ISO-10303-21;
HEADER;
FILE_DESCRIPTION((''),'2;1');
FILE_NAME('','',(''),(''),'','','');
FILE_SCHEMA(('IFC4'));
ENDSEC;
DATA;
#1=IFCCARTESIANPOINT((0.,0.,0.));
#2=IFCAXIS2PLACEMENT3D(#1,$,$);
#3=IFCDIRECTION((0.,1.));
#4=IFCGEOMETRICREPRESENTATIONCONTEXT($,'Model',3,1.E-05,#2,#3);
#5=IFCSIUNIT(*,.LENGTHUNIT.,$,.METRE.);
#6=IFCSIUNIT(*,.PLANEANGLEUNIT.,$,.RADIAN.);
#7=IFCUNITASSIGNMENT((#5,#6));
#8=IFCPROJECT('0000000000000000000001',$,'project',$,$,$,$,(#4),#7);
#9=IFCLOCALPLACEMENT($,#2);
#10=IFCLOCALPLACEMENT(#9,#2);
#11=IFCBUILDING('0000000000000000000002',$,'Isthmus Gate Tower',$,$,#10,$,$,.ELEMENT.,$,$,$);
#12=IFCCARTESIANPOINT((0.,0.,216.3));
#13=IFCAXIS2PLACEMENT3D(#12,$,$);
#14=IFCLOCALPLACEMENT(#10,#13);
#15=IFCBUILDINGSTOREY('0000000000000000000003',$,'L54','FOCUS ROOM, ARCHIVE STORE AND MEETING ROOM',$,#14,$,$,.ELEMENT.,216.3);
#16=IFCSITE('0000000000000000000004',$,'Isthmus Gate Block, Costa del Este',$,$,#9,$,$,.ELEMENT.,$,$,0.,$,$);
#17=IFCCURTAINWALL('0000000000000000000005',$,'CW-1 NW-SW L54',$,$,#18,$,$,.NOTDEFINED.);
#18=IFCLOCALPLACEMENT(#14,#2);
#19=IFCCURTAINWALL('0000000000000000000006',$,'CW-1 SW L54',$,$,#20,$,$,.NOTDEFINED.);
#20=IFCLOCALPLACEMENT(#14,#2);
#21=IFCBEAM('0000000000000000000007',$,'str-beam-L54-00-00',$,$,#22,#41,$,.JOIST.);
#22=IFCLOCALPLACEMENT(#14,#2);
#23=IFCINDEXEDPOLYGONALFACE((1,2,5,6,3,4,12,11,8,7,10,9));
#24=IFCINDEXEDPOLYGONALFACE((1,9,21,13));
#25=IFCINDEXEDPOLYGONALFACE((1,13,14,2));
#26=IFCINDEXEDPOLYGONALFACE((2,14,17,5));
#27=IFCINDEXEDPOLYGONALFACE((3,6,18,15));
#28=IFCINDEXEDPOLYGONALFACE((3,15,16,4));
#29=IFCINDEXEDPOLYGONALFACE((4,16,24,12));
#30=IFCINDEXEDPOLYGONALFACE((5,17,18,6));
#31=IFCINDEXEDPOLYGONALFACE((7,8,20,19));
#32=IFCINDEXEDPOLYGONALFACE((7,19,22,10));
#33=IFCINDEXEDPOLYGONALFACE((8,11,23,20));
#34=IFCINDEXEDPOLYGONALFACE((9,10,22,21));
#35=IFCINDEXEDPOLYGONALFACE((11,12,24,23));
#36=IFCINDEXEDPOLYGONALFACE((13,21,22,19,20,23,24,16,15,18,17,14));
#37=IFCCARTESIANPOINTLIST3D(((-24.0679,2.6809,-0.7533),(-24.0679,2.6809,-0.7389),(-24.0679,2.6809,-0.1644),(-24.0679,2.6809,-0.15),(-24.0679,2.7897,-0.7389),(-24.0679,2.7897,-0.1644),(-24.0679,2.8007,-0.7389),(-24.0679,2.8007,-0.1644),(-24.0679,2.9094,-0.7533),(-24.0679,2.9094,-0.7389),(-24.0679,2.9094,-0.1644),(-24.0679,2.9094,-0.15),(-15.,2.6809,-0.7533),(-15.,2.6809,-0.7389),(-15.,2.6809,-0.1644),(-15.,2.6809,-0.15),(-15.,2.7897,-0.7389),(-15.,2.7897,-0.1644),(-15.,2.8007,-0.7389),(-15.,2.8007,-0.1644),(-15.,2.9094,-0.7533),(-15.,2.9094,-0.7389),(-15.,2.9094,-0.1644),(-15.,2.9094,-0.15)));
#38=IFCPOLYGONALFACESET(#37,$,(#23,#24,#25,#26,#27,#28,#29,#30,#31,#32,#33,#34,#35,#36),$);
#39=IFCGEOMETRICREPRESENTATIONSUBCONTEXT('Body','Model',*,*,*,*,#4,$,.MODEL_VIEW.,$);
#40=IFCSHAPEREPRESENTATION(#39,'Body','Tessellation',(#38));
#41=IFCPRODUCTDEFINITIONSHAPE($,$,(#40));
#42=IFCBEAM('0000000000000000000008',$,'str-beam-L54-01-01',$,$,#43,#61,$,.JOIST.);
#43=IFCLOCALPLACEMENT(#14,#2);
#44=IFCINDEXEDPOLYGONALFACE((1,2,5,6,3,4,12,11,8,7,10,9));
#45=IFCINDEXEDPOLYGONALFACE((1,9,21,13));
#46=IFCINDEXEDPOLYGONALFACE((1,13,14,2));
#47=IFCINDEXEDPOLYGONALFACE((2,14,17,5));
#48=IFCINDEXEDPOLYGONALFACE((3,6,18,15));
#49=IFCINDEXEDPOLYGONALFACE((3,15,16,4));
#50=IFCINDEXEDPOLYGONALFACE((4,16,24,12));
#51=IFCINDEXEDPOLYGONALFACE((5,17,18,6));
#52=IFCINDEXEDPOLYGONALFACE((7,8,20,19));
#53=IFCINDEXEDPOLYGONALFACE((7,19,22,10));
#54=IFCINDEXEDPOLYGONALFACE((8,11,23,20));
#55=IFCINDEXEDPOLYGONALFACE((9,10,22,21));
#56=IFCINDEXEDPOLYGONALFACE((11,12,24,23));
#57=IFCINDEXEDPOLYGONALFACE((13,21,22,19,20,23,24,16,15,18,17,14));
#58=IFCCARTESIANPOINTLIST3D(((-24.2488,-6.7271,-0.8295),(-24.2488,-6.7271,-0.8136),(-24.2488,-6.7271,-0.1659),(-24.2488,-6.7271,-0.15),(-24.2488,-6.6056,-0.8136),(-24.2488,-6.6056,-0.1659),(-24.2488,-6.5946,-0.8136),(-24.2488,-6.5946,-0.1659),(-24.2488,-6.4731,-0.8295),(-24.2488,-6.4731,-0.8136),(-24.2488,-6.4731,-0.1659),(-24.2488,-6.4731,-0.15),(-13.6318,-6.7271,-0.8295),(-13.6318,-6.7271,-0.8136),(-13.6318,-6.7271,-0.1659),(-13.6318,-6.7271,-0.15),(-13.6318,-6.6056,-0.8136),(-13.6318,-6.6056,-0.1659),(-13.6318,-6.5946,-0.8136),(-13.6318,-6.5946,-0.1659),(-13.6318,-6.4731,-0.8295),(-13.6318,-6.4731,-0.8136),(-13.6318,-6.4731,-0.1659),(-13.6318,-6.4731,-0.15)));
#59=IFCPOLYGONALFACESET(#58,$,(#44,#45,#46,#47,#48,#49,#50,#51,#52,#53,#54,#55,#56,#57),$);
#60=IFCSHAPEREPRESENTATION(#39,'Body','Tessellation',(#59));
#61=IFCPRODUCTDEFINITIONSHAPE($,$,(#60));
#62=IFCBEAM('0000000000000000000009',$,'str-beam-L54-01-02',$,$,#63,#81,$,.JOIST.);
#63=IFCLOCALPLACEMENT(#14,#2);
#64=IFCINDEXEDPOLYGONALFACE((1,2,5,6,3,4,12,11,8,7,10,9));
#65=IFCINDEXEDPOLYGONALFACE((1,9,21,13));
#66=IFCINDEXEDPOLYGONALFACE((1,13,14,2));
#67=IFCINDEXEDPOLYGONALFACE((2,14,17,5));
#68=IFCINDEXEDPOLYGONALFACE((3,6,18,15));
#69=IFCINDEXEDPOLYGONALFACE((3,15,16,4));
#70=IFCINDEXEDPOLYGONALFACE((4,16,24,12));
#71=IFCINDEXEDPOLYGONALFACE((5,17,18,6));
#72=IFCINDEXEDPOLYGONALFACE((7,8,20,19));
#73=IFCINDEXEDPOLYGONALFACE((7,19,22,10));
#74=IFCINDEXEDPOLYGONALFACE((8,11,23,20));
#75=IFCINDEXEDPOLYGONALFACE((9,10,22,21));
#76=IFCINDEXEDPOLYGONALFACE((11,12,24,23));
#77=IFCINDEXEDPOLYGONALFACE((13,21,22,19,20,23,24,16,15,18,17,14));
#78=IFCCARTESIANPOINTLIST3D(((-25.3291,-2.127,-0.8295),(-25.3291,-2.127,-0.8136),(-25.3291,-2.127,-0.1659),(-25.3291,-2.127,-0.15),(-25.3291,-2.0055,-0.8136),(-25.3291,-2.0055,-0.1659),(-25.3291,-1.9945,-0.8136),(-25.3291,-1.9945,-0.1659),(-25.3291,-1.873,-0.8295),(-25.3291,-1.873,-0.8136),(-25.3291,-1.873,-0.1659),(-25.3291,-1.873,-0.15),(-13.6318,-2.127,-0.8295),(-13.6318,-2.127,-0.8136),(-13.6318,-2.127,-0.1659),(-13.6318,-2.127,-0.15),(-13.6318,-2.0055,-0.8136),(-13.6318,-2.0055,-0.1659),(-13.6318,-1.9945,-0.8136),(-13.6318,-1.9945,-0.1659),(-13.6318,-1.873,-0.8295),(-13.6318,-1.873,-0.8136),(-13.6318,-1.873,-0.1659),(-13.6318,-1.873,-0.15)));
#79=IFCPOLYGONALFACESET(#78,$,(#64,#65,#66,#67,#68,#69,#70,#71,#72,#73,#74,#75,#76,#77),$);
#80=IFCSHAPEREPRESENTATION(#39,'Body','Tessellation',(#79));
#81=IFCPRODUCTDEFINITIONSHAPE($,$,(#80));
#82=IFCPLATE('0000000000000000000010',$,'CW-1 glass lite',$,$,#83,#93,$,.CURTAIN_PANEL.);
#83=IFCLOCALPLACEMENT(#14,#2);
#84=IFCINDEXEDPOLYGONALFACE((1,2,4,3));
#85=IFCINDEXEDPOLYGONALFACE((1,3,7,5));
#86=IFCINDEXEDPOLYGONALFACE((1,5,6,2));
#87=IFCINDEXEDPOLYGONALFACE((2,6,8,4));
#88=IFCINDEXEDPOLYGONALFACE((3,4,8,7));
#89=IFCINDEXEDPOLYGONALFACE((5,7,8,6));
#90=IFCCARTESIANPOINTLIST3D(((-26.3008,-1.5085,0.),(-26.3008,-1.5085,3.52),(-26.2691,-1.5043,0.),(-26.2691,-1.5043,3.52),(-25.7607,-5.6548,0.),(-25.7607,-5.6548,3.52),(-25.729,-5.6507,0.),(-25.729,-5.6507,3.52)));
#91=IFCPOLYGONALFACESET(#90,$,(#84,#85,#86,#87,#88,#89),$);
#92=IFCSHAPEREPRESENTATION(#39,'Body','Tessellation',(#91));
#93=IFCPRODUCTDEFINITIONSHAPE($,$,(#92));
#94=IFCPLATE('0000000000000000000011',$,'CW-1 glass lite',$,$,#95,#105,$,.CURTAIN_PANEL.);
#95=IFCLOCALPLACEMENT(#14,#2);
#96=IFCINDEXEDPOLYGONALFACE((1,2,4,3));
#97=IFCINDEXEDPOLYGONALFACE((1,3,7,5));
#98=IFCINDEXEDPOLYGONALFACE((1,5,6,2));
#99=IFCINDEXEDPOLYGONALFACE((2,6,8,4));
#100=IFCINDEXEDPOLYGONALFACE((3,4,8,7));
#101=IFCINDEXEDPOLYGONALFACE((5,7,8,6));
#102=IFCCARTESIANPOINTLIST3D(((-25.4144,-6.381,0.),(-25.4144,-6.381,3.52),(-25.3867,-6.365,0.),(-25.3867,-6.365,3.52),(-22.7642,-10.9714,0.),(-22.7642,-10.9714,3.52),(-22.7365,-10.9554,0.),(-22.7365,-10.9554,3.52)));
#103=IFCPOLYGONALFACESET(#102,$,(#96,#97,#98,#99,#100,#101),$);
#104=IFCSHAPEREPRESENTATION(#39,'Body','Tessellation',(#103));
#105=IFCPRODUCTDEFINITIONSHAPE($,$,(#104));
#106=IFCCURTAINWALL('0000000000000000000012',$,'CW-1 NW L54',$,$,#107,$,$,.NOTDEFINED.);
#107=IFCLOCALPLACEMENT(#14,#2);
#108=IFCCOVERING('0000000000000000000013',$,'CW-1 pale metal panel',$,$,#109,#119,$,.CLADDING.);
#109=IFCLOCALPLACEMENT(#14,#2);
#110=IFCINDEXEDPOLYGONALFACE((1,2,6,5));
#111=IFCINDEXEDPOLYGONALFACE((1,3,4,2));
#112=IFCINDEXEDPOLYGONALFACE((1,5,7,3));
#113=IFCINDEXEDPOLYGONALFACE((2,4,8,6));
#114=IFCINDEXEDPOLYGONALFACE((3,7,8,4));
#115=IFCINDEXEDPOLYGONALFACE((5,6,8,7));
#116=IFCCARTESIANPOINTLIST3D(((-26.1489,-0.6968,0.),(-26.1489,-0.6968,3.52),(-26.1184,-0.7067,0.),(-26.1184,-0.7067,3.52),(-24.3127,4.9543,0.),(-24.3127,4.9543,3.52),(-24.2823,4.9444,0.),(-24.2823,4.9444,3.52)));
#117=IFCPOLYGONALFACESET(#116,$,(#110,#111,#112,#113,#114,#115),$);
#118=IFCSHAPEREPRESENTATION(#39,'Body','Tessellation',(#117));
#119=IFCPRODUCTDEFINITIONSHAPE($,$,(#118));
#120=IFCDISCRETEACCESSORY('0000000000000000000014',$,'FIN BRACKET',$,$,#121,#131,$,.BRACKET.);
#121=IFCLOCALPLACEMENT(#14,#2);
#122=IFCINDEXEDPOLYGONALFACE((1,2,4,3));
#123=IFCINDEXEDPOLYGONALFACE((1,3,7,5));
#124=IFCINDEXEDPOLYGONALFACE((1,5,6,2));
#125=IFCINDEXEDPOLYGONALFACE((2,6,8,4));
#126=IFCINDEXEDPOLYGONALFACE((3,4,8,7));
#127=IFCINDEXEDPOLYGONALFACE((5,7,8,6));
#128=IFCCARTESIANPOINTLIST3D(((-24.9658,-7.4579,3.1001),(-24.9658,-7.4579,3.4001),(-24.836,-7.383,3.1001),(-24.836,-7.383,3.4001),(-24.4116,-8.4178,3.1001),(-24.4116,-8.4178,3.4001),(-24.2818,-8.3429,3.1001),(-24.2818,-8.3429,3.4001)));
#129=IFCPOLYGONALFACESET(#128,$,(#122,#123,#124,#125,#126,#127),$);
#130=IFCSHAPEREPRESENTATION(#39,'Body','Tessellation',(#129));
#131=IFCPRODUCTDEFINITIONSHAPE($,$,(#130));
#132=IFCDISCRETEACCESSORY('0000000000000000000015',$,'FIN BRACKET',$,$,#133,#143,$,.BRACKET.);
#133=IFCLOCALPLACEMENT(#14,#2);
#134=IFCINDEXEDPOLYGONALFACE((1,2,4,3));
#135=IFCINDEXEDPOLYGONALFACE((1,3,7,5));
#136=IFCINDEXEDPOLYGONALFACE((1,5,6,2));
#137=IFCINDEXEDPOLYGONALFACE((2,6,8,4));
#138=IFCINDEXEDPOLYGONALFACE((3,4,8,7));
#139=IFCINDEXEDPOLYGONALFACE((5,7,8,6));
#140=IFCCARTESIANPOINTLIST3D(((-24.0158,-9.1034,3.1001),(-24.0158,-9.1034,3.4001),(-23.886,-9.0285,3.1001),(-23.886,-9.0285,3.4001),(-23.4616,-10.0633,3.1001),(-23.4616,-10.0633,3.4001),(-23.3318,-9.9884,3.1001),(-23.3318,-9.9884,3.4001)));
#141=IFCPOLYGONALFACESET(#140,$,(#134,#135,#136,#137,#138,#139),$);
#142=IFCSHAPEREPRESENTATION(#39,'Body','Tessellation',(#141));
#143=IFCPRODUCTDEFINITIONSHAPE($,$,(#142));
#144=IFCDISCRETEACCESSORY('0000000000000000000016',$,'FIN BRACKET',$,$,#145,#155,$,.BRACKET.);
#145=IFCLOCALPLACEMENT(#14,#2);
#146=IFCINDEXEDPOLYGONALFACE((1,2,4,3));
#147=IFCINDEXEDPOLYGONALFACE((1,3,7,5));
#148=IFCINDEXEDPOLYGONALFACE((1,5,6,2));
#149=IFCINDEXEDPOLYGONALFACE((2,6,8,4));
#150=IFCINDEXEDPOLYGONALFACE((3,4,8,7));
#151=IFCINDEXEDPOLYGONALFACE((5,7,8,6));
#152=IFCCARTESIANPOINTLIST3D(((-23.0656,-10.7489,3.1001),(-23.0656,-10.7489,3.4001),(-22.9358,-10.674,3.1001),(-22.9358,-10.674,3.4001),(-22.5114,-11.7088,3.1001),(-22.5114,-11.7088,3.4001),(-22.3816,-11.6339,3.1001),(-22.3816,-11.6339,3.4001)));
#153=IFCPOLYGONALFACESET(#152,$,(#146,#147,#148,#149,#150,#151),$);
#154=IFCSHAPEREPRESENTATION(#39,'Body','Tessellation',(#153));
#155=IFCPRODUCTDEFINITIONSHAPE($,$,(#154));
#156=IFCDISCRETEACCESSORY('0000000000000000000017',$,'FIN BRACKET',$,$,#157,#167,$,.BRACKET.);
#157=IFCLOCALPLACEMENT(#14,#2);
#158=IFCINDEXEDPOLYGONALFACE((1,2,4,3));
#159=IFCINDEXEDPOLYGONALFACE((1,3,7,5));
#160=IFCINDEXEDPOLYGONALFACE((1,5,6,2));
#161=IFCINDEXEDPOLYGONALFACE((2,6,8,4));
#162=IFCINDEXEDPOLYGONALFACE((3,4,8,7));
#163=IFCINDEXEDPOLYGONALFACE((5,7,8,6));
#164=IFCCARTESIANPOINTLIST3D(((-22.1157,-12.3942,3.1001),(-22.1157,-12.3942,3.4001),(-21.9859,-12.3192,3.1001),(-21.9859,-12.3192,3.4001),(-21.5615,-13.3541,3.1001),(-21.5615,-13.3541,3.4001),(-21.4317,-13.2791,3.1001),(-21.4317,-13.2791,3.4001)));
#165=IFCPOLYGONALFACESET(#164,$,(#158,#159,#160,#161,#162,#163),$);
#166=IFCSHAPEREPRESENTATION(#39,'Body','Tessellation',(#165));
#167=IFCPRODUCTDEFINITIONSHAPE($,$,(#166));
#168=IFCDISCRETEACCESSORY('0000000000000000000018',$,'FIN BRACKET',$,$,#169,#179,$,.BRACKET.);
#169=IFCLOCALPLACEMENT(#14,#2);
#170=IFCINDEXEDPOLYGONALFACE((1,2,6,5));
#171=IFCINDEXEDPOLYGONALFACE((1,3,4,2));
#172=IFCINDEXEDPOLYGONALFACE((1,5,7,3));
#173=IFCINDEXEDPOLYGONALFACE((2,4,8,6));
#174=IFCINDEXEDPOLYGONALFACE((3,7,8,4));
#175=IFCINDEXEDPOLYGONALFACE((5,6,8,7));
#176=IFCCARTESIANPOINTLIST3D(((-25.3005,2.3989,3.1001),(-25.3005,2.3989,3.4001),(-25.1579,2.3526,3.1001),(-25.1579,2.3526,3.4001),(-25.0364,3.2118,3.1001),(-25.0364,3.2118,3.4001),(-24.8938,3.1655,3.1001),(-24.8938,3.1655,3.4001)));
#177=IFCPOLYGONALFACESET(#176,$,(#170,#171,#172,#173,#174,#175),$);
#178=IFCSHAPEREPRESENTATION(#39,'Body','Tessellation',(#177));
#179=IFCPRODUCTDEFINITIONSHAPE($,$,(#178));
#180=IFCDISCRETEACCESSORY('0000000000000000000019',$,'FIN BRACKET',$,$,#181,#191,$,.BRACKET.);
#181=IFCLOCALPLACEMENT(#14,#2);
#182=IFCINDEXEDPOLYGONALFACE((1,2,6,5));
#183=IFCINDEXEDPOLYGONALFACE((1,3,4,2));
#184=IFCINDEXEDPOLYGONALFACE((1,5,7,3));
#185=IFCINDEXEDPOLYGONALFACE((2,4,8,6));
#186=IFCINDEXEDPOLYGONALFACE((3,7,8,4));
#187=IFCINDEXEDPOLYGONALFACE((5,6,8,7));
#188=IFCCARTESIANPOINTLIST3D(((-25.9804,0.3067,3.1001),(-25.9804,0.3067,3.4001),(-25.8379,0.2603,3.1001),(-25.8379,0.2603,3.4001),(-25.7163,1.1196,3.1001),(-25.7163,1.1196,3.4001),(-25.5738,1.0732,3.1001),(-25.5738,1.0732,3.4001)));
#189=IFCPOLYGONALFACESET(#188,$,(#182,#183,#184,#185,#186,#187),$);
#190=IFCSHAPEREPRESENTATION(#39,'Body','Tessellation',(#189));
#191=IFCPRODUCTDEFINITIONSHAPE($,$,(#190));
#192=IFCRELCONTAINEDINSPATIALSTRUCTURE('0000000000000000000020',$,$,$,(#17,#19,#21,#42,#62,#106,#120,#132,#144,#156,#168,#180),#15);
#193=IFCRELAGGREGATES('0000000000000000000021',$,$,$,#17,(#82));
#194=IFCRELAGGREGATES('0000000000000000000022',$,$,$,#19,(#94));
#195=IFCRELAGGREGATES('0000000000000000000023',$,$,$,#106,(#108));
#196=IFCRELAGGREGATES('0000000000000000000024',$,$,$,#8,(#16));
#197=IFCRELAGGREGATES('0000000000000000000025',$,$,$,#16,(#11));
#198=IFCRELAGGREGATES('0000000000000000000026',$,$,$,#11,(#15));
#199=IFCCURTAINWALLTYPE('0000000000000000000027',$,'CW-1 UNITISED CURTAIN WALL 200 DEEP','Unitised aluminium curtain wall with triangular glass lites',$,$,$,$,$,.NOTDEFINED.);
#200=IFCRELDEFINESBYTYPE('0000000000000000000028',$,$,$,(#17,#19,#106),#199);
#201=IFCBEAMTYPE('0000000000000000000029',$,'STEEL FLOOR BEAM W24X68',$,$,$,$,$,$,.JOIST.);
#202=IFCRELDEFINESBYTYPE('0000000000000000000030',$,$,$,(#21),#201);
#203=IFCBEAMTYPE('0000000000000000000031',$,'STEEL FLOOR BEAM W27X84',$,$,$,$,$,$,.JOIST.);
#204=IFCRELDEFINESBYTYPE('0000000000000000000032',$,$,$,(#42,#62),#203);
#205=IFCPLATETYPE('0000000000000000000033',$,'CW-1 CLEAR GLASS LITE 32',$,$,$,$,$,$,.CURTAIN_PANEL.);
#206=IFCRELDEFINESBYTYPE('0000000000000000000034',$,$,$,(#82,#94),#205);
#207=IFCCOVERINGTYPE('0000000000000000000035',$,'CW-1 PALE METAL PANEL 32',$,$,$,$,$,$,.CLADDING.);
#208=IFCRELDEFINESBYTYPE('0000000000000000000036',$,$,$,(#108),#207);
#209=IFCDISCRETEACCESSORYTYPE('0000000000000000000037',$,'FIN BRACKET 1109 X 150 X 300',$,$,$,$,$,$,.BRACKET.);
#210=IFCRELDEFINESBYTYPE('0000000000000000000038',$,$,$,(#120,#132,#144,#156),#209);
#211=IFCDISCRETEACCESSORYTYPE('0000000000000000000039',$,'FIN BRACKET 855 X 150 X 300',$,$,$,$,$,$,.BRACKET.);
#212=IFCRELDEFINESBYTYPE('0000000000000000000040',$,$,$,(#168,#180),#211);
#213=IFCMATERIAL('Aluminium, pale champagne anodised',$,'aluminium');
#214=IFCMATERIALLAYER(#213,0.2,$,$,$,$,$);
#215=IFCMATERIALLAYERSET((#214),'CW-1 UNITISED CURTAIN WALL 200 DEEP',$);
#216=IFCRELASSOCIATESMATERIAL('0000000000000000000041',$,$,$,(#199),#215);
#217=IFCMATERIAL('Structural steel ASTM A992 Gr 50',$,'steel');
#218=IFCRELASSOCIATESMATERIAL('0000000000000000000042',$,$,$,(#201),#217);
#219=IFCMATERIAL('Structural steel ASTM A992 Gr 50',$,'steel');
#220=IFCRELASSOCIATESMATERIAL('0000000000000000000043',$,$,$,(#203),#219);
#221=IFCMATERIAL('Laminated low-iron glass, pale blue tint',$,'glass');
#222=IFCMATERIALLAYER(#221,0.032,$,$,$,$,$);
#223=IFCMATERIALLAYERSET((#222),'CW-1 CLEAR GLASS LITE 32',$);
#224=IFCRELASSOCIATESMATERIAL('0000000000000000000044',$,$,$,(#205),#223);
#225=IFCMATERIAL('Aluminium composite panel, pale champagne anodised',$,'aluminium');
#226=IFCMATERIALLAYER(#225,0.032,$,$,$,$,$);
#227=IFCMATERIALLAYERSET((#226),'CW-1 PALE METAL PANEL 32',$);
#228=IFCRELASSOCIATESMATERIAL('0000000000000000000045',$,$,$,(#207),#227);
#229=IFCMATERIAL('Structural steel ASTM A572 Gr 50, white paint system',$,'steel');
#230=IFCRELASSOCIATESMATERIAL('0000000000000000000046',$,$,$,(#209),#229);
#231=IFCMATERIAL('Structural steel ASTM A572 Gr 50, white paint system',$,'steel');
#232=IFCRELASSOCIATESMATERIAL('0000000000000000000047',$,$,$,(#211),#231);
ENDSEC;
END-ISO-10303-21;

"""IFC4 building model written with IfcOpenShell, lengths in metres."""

from ifc_helpers import new_model, si_unit, direction, frame, origin, origin_2d, place, context, subcontext, project, spatial, rectangle, i_section, extrude, material, layer, layer_set, material_profile, profile_set, type_object, element, aggregate, save


model = new_model("IFC4")

# Units and contexts
model_context = context("Model", 3, precision=1e-05, world=origin(), true_north=direction((0.0, 1.0)))
body_context = subcontext(model_context, "Body", "Model", "MODEL_VIEW")
ifc_project = project(units=[si_unit("LENGTHUNIT", "METRE"), si_unit("PLANEANGLEUNIT", "RADIAN")], contexts=[model_context])

# Site, building, storey
site_placement = place(None, origin())
site = spatial("IfcSite", under=ifc_project, at=site_placement, Name="Isthmus Gate Block, Costa del Este", CompositionType="ELEMENT", RefElevation=0.0)
building_placement = place(site_placement, origin())
building = spatial("IfcBuilding", under=site, at=building_placement, Name="Isthmus Gate Tower", CompositionType="ELEMENT")
storey_placement = place(building_placement, frame((0.0, 0.0, 216.3)))
storey = spatial("IfcBuildingStorey", under=building, at=storey_placement, Name="L54", Description="FOCUS ROOM, ARCHIVE STORE AND MEETING ROOM", CompositionType="ELEMENT", Elevation=216.3)

# Curtain walls
ifc_material_1 = material(Name="Aluminium, pale champagne anodised", Category="aluminium")
ifc_layer_1 = layer(ifc_material_1, 0.2)
ifc_layer_set_1 = layer_set([ifc_layer_1], Name="CW-1 UNITISED CURTAIN WALL 200 DEEP")
curtain_wall_type = type_object("IfcCurtainWallType", Name="CW-1 UNITISED CURTAIN WALL 200 DEEP", Description="Unitised aluminium curtain wall with triangular glass lites", PredefinedType="NOTDEFINED", material=ifc_layer_set_1)
curtain_wall_1_placement = place(storey_placement, origin())
curtain_wall_1 = element("IfcCurtainWall", 1, at=curtain_wall_1_placement, inside=storey, type_object=curtain_wall_type, Name="CW-1 NW-SW L54", PredefinedType="NOTDEFINED")
curtain_wall_2_placement = place(storey_placement, origin())
curtain_wall_2 = element("IfcCurtainWall", 2, at=curtain_wall_2_placement, inside=storey, type_object=curtain_wall_type, Name="CW-1 SW L54", PredefinedType="NOTDEFINED")

# Beams
ifc_material_2 = material(Name="Structural steel ASTM A992 Gr 50", Category="steel")
ifc_material_profile_1 = material_profile(ifc_material_2, i_section(OverallWidth=0.2285, OverallDepth=0.6033, WebThickness=0.011, FlangeThickness=0.0144, at=origin_2d()), Name="W24X68")
ifc_profile_set_1 = profile_set([ifc_material_profile_1], Name="Structural steel ASTM A992 Gr 50")
beam_type_1 = type_object("IfcBeamType", Name="STEEL FLOOR BEAM W24X68", PredefinedType="JOIST", material=ifc_profile_set_1)
beam_1_placement = place(storey_placement, frame((-24.0679, 2.7952, -0.4517), z_axis=(1.0, 0.0, 0.0), x_axis=(0.0, 1.0, 0.0)))
element("IfcBeam", 3, at=beam_1_placement, inside=storey, type_object=beam_type_1, Name="str-beam-L54-00-00", PredefinedType="JOIST", context=body_context, shape_type="SweptSolid", body=[
    extrude(i_section(OverallWidth=0.2285, OverallDepth=0.6033, WebThickness=0.011, FlangeThickness=0.0144, at=origin_2d()), origin(), (0.0, 0.0, 1.0), 9.0679),
])
ifc_material_3 = material(Name="Structural steel ASTM A992 Gr 50", Category="steel")
ifc_material_profile_2 = material_profile(ifc_material_3, i_section(OverallWidth=0.2539, OverallDepth=0.6794, WebThickness=0.011, FlangeThickness=0.0159, at=origin_2d()), Name="W27X84")
ifc_profile_set_2 = profile_set([ifc_material_profile_2], Name="Structural steel ASTM A992 Gr 50")
beam_type_2 = type_object("IfcBeamType", Name="STEEL FLOOR BEAM W27X84", PredefinedType="JOIST", material=ifc_profile_set_2)
beam_2_placement = place(storey_placement, frame((-24.2488, -6.6001, -0.4897), z_axis=(1.0, 0.0, 0.0), x_axis=(0.0, 1.0, 0.0)))
element("IfcBeam", 4, at=beam_2_placement, inside=storey, type_object=beam_type_2, Name="str-beam-L54-01-01", PredefinedType="JOIST", context=body_context, shape_type="SweptSolid", body=[
    extrude(i_section(OverallWidth=0.2539, OverallDepth=0.6794, WebThickness=0.011, FlangeThickness=0.0159, at=origin_2d()), origin(), (0.0, 0.0, 1.0), 10.6169),
])
beam_3_placement = place(storey_placement, frame((-25.3291, -2.0, -0.4897), z_axis=(1.0, 0.0, 0.0), x_axis=(0.0, 1.0, 0.0)))
element("IfcBeam", 5, at=beam_3_placement, inside=storey, type_object=beam_type_2, Name="str-beam-L54-01-02", PredefinedType="JOIST", context=body_context, shape_type="SweptSolid", body=[
    extrude(i_section(OverallWidth=0.2539, OverallDepth=0.6794, WebThickness=0.011, FlangeThickness=0.0159, at=origin_2d()), origin(), (0.0, 0.0, 1.0), 11.6973),
])

# Plates
ifc_material_4 = material(Name="Laminated low-iron glass, pale blue tint", Category="glass")
ifc_layer_2 = layer(ifc_material_4, 0.032)
ifc_layer_set_2 = layer_set([ifc_layer_2], Name="CW-1 CLEAR GLASS LITE 32")
plate_type = type_object("IfcPlateType", Name="CW-1 CLEAR GLASS LITE 32", PredefinedType="CURTAIN_PANEL", material=ifc_layer_set_2)
plate_1_placement = place(storey_placement, frame((-26.0149, -3.5796, 0.0), z_axis=(0.0, 0.0, 1.0), x_axis=(0.129165, -0.991623, 0.0)))
plate_1 = element("IfcPlate", 6, at=plate_1_placement, type_object=plate_type, Name="CW-1 glass lite", PredefinedType="CURTAIN_PANEL", context=body_context, shape_type="SweptSolid", body=[
    extrude(rectangle(XDim=4.1814, YDim=0.032, at=origin_2d()), origin(), (0.0, 0.0, 1.0), 3.52),
])
aggregate(curtain_wall_1, [plate_1])
plate_2_placement = place(storey_placement, frame((-24.0754, -8.6682, 0.0), z_axis=(0.0, 0.0, 1.0), x_axis=(0.5, -0.866025, 0.0)))
plate_2 = element("IfcPlate", 7, at=plate_2_placement, type_object=plate_type, Name="CW-1 glass lite", PredefinedType="CURTAIN_PANEL", context=body_context, shape_type="SweptSolid", body=[
    extrude(rectangle(XDim=5.3005, YDim=0.032, at=origin_2d()), origin(), (0.0, 0.0, 1.0), 3.52),
])
aggregate(curtain_wall_2, [plate_2])

# Curtain wall, covering
curtain_wall_3_placement = place(storey_placement, origin())
curtain_wall_3 = element("IfcCurtainWall", 8, at=curtain_wall_3_placement, inside=storey, type_object=curtain_wall_type, Name="CW-1 NW L54", PredefinedType="NOTDEFINED")
ifc_material_5 = material(Name="Aluminium composite panel, pale champagne anodised", Category="aluminium")
ifc_layer_3 = layer(ifc_material_5, 0.032)
ifc_layer_set_3 = layer_set([ifc_layer_3], Name="CW-1 PALE METAL PANEL 32")
covering_type = type_object("IfcCoveringType", Name="CW-1 PALE METAL PANEL 32", PredefinedType="CLADDING", material=ifc_layer_set_3)
covering_placement = place(storey_placement, frame((-25.2156, 2.1238, 0.0), z_axis=(0.0, 0.0, 1.0), x_axis=(-0.309017, -0.951057, 0.0)))
covering = element("IfcCovering", 9, at=covering_placement, type_object=covering_type, Name="CW-1 pale metal panel", PredefinedType="CLADDING", context=body_context, shape_type="SweptSolid", body=[
    extrude(rectangle(XDim=5.9419, YDim=0.032, at=origin_2d()), origin(), (0.0, 0.0, 1.0), 3.52),
])
aggregate(curtain_wall_3, [covering])

# Discrete accessories
ifc_material_6 = material(Name="Structural steel ASTM A572 Gr 50, white paint system", Category="steel")
discrete_accessory_type_1 = type_object("IfcDiscreteAccessoryType", Name="FIN BRACKET 1109 X 150 X 300", PredefinedType="BRACKET", material=ifc_material_6)
for number, where, z_axis, x_axis, name in (
    (10, (-24.6238, -7.9004, 3.1001), (0.0, 0.0, 1.0), (-0.866025, -0.5, 0.0), "FIN BRACKET"),
    (11, (-23.6738, -9.5459, 3.1001), (0.0, 0.0, 1.0), (-0.866025, -0.5, 0.0), "FIN BRACKET"),
    (12, (-22.7236, -11.1914, 3.1001), (0.0, 0.0, 1.0), (-0.866025, -0.5, 0.0), "FIN BRACKET"),
    (13, (-21.7737, -12.8367, 3.1001), (0.0, 0.0, 1.0), (-0.866025, -0.5, 0.0), "FIN BRACKET"),
):
    element("IfcDiscreteAccessory", number, at=place(storey_placement, frame(where, z_axis=z_axis, x_axis=x_axis)), inside=storey, type_object=discrete_accessory_type_1, Name=name, PredefinedType="BRACKET", context=body_context, shape_type="SweptSolid", body=[
        extrude(rectangle(XDim=0.1499, YDim=1.1084, at=origin_2d()), origin(), (0.0, 0.0, 1.0), 0.3),
    ])
ifc_material_7 = material(Name="Structural steel ASTM A572 Gr 50, white paint system", Category="steel")
discrete_accessory_type_2 = type_object("IfcDiscreteAccessoryType", Name="FIN BRACKET 855 X 150 X 300", PredefinedType="BRACKET", material=ifc_material_7)
for number, where, z_axis, x_axis, name in (
    (14, (-25.0972, 2.7822, 3.1001), (0.0, 0.0, 1.0), (-0.951057, 0.309017, 0.0), "FIN BRACKET"),
    (15, (-25.7771, 0.6899, 3.1001), (0.0, 0.0, 1.0), (-0.951057, 0.309017, 0.0), "FIN BRACKET"),
):
    element("IfcDiscreteAccessory", number, at=place(storey_placement, frame(where, z_axis=z_axis, x_axis=x_axis)), inside=storey, type_object=discrete_accessory_type_2, Name=name, PredefinedType="BRACKET", context=body_context, shape_type="SweptSolid", body=[
        extrude(rectangle(XDim=0.1499, YDim=0.8547, at=origin_2d()), origin(), (0.0, 0.0, 1.0), 0.3),
    ])

save(model, "model.ifc")
